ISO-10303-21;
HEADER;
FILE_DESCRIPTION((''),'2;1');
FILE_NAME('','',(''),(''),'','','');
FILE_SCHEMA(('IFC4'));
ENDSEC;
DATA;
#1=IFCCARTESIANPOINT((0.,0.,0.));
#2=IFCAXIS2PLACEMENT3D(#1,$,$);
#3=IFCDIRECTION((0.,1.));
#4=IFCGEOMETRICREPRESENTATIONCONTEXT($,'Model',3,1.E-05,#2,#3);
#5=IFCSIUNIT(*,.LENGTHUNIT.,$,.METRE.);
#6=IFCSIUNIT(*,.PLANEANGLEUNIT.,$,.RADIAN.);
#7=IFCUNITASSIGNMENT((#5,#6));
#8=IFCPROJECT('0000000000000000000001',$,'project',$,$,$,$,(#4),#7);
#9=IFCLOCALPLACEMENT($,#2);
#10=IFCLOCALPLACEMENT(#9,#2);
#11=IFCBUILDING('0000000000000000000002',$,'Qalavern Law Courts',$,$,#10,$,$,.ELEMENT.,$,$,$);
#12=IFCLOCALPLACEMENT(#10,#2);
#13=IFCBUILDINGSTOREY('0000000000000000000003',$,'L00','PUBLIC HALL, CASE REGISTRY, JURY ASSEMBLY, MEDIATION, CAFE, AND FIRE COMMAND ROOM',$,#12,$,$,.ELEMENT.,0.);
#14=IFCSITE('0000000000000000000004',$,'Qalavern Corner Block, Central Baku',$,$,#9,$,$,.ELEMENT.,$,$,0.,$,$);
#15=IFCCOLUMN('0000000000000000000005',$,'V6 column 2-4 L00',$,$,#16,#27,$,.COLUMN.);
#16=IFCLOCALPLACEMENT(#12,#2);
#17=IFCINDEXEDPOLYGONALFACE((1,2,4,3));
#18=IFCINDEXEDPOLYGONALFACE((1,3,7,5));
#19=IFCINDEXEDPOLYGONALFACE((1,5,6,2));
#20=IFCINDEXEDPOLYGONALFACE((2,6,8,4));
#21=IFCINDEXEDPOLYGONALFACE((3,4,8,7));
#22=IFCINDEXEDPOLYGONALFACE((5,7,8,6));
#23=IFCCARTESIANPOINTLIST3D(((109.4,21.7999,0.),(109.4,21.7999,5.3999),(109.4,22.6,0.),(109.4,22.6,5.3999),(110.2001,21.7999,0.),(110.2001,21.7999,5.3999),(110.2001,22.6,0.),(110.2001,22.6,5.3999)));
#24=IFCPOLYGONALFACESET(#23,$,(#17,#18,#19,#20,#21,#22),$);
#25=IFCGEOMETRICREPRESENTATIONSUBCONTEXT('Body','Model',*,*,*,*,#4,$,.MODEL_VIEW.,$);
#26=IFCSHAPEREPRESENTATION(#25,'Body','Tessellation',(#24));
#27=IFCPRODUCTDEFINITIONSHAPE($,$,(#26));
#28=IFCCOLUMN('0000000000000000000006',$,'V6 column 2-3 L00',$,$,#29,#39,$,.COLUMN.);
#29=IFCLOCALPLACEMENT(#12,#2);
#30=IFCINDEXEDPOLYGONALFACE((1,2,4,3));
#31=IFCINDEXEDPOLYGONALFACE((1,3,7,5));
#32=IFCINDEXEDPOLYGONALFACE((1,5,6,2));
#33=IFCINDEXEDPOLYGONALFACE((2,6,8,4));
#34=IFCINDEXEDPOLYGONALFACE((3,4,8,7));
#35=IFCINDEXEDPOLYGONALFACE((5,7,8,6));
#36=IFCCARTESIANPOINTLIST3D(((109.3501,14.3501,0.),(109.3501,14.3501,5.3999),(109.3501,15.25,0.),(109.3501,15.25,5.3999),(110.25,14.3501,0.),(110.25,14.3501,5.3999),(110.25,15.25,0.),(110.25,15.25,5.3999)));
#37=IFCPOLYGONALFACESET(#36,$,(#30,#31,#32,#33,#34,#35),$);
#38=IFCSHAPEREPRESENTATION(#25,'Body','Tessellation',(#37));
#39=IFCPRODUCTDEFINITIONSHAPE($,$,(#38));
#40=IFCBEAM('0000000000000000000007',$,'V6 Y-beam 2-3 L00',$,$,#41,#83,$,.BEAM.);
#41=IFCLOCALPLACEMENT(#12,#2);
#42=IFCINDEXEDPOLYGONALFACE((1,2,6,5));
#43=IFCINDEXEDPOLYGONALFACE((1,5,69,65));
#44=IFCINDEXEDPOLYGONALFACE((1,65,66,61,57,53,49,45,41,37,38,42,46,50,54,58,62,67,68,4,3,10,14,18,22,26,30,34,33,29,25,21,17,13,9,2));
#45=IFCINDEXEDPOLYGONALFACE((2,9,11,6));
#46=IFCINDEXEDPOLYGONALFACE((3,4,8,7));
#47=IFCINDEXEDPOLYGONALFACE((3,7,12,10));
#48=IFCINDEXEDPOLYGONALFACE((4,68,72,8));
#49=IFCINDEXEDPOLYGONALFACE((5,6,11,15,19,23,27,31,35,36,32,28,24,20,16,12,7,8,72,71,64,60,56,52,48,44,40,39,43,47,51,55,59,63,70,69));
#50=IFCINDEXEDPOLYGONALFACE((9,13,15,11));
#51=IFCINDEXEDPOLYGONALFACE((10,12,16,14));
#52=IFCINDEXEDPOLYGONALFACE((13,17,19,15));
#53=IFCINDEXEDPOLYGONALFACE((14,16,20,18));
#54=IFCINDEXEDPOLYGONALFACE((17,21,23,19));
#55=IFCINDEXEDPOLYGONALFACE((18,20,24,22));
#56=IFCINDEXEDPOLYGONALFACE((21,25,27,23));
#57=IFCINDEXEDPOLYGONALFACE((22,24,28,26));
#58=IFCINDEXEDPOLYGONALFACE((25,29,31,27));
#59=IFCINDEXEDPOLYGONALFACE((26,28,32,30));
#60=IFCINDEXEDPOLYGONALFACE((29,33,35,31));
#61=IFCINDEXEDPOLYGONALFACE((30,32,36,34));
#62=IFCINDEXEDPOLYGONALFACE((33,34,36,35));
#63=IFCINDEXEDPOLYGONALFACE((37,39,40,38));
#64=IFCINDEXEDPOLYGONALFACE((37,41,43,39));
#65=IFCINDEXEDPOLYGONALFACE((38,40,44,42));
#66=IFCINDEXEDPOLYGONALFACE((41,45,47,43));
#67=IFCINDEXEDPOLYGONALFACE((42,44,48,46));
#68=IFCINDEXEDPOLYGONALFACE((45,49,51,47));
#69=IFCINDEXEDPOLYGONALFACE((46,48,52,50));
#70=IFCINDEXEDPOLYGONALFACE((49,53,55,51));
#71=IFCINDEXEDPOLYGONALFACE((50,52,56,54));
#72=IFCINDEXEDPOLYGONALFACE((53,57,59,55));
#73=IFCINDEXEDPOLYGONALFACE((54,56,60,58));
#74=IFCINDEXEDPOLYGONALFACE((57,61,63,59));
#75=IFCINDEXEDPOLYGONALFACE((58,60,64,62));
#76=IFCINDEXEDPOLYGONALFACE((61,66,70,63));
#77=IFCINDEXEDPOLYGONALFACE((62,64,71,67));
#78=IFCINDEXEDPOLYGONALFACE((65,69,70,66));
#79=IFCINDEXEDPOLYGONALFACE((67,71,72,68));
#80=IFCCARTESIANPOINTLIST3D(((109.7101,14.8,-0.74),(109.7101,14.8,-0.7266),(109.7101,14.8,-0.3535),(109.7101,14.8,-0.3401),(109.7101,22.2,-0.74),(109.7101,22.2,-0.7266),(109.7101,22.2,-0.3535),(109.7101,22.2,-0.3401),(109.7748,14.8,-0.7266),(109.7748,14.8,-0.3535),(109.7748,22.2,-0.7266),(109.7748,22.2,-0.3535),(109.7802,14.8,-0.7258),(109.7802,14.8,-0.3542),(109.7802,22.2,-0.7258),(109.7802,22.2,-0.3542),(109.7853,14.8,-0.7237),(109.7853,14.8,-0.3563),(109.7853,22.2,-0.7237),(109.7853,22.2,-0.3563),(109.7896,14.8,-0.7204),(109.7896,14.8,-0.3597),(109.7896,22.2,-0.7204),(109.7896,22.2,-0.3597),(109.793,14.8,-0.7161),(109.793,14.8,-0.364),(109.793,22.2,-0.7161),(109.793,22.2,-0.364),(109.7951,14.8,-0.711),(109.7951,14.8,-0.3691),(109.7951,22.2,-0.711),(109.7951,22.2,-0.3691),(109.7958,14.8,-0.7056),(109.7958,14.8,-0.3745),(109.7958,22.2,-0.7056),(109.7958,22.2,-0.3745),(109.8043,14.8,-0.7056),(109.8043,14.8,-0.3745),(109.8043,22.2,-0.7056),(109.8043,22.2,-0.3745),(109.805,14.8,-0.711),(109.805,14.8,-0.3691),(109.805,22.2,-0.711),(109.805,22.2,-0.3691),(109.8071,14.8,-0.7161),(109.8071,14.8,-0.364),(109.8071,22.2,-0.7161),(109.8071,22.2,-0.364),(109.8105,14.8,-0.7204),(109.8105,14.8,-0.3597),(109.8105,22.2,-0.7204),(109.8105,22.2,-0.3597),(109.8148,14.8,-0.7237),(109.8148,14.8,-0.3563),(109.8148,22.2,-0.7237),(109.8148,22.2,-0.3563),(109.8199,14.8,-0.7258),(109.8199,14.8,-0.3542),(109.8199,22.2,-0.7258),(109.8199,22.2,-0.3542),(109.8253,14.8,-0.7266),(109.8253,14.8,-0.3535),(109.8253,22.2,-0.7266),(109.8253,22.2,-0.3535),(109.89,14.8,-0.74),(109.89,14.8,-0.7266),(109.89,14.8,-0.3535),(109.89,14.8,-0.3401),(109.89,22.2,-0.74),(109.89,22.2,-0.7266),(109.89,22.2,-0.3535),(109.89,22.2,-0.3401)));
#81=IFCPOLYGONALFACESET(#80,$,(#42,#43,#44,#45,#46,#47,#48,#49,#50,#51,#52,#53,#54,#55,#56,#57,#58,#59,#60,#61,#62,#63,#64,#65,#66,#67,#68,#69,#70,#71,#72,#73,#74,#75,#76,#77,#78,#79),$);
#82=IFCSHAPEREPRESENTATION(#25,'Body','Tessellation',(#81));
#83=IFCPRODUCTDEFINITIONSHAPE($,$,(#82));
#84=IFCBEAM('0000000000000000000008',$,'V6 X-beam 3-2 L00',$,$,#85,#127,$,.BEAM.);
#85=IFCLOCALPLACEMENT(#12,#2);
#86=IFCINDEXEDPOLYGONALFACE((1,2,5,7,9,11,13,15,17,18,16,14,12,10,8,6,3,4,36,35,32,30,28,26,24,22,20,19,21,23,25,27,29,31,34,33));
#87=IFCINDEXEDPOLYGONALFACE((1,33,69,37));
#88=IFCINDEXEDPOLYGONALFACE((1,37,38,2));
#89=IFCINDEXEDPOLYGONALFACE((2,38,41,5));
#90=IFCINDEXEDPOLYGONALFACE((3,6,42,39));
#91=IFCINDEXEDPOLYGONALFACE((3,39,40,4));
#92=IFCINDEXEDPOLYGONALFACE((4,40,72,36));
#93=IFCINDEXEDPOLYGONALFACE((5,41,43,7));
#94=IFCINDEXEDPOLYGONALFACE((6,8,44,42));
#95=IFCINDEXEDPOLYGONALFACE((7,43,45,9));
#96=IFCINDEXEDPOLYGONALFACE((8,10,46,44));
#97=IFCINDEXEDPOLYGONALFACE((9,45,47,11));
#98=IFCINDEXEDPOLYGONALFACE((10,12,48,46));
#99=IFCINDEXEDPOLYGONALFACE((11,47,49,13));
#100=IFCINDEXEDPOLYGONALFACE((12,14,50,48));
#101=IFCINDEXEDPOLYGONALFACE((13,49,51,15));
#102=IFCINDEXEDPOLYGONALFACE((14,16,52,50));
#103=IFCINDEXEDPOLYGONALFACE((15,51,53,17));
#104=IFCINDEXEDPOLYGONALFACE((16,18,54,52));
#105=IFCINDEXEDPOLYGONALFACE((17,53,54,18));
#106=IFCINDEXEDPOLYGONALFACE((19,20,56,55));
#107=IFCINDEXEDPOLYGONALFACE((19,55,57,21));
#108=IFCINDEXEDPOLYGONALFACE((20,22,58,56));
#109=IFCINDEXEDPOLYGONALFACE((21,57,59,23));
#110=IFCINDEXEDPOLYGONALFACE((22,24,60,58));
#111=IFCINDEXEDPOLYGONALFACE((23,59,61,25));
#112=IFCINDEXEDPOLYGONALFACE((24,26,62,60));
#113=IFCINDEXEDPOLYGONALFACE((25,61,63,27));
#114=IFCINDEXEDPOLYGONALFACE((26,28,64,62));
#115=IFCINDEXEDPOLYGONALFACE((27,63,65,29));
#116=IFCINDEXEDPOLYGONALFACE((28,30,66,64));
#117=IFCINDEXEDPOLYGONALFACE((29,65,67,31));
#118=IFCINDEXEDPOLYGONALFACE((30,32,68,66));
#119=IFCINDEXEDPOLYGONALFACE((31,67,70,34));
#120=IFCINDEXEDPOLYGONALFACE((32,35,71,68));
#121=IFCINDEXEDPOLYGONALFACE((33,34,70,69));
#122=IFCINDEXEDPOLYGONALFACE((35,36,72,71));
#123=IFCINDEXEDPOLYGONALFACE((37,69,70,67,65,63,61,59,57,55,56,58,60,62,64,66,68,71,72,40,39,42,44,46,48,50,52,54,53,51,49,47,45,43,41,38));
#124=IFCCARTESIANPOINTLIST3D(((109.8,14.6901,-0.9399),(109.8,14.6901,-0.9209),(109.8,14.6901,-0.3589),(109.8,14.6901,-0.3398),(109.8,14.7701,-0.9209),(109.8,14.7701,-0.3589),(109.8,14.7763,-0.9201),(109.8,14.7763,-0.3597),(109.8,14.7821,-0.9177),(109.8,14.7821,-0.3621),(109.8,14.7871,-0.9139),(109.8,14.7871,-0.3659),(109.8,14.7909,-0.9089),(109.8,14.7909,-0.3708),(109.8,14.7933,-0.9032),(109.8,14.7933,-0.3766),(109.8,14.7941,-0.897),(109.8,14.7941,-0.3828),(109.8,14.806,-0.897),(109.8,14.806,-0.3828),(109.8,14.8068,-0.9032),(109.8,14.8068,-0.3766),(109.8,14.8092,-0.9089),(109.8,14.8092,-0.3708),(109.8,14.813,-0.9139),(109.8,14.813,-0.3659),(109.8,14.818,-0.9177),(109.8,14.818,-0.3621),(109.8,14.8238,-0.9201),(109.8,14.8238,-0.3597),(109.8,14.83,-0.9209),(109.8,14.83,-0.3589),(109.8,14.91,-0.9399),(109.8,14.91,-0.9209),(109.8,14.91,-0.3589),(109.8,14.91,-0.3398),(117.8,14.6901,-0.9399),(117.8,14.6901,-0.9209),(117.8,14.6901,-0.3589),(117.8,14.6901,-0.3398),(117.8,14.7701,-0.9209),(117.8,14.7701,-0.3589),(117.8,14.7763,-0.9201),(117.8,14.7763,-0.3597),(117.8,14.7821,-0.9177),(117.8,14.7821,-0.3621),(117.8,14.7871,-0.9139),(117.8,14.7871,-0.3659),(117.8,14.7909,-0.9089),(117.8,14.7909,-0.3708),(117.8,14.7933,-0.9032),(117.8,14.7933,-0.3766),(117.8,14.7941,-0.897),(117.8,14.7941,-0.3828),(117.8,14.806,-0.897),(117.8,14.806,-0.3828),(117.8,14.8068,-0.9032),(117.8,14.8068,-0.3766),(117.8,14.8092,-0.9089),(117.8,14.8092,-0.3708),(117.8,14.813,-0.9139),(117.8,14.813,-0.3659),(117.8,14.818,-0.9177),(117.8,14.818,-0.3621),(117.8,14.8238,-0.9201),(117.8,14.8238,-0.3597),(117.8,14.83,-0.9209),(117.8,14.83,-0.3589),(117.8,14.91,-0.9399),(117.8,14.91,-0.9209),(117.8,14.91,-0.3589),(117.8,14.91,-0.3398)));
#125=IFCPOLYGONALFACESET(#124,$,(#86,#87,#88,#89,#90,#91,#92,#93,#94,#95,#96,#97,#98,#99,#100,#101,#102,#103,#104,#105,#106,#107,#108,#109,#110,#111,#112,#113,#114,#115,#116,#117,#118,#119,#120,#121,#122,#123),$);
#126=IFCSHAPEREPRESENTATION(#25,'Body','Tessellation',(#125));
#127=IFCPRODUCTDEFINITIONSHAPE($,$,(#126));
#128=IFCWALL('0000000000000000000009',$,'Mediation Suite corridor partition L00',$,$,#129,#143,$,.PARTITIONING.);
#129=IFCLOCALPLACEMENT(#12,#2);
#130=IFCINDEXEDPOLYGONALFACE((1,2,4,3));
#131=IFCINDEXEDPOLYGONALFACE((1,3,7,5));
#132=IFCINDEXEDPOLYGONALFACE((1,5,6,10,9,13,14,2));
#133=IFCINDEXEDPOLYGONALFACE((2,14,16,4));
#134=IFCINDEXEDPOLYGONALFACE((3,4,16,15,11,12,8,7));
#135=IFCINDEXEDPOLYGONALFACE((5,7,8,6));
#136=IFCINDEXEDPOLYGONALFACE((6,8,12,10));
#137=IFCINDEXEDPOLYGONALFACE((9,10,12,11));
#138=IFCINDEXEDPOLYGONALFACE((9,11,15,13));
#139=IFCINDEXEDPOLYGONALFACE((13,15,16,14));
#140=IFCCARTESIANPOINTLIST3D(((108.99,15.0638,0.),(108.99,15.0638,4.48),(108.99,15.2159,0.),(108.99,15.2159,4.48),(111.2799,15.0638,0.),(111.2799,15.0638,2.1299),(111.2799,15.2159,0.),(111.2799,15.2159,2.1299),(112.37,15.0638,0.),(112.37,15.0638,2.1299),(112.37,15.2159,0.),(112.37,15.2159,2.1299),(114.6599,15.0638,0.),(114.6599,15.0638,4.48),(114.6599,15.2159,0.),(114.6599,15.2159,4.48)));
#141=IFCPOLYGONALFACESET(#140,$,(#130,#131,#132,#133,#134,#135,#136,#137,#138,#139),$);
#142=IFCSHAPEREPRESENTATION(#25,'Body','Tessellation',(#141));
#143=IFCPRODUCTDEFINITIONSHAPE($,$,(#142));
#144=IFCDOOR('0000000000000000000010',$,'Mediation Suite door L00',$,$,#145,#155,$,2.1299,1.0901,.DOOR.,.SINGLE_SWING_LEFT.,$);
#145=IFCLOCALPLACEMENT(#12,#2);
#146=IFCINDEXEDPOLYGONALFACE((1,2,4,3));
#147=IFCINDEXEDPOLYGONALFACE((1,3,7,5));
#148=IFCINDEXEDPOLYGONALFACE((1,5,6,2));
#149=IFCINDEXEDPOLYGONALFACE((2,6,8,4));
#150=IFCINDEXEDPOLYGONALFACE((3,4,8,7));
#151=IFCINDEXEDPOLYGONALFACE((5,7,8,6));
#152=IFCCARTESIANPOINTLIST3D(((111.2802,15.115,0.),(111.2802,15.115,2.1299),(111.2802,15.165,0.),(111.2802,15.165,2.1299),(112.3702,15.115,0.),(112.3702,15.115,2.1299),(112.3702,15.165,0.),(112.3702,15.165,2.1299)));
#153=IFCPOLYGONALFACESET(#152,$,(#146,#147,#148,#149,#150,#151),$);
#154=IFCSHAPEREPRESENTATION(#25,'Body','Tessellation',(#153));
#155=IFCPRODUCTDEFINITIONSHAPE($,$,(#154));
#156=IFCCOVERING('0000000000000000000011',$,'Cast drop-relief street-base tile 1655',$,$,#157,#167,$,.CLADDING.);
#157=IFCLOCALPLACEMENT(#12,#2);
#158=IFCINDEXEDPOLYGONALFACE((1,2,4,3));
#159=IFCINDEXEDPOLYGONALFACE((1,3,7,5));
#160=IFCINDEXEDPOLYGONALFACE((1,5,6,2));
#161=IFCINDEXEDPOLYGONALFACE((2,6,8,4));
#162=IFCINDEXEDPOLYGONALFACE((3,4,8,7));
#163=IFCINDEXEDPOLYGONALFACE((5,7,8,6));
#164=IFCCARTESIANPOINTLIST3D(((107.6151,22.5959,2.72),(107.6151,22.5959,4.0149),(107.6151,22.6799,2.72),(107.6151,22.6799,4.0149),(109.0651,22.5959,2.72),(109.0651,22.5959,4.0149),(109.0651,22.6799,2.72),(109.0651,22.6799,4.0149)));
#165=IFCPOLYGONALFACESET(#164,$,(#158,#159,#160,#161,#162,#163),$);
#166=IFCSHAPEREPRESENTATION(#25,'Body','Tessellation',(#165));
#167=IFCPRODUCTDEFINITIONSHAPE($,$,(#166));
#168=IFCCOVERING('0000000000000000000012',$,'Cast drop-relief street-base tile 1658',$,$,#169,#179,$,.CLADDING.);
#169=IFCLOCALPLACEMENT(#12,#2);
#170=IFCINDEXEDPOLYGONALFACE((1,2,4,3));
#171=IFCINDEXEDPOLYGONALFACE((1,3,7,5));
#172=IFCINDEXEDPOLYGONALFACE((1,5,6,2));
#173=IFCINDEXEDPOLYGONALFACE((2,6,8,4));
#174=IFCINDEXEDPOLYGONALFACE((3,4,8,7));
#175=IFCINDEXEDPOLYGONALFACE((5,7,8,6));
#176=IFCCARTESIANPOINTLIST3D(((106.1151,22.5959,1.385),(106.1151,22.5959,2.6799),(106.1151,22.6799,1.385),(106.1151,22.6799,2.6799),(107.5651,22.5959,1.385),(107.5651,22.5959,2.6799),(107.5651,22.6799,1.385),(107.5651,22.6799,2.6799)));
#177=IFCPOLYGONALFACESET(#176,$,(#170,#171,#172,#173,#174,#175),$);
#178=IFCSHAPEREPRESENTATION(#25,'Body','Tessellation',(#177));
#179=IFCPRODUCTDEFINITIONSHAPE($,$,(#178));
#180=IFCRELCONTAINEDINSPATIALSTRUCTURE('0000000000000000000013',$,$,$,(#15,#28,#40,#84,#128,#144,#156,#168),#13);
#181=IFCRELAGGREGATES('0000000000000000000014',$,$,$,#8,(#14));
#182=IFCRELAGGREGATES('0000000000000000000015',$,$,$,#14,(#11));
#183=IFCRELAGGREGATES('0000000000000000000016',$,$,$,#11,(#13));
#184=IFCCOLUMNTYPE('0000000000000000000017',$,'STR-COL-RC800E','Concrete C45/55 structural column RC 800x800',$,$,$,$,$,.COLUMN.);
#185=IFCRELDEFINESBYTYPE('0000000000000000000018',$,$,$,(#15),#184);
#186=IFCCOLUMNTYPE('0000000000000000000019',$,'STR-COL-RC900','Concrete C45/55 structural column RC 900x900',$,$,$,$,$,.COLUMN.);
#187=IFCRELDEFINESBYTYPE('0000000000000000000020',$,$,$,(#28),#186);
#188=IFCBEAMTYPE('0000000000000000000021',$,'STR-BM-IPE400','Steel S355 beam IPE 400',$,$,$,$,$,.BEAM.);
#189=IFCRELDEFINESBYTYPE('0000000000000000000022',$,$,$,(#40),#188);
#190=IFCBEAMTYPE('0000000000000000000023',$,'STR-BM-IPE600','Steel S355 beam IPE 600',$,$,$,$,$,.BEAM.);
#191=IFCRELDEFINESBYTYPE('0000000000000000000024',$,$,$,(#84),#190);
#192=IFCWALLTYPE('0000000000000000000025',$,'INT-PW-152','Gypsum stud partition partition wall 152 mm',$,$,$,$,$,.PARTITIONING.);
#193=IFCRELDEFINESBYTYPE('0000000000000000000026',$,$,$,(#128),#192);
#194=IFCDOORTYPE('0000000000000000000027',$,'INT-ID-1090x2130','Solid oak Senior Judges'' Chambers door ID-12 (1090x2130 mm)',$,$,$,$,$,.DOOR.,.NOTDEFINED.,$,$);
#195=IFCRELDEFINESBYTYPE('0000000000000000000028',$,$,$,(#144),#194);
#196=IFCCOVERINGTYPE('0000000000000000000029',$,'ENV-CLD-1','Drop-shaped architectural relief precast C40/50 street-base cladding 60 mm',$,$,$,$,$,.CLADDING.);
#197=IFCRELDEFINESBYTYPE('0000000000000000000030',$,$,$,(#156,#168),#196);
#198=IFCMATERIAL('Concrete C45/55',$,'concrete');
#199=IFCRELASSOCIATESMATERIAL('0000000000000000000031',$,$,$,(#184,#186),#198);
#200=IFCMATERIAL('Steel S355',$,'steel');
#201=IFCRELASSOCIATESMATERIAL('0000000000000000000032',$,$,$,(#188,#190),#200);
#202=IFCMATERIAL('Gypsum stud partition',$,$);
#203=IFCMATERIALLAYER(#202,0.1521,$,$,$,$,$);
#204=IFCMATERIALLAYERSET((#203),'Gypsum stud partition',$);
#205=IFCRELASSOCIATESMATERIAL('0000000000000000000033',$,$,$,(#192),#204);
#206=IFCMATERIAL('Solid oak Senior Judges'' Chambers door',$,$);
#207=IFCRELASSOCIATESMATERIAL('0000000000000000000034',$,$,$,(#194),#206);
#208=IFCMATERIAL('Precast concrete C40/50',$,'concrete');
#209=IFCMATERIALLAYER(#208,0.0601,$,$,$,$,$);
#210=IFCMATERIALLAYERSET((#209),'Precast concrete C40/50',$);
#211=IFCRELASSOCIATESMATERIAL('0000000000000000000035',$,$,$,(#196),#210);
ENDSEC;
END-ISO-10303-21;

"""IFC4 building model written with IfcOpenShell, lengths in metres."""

from ifc_helpers import new_model, si_unit, direction, frame, frame_2d, origin, origin_2d, place, context, subcontext, project, spatial, rectangle, i_section, extrude, material, layer, layer_set, material_profile, profile_set, type_object, element, fill, save


model = new_model("IFC4")

# Units and contexts
model_context = context("Model", 3, precision=1e-05, world=origin(), true_north=direction((0.0, 1.0)))
body_context = subcontext(model_context, "Body", "Model", "MODEL_VIEW")
ifc_project = project(units=[si_unit("LENGTHUNIT", "METRE"), si_unit("PLANEANGLEUNIT", "RADIAN")], contexts=[model_context])

# Site, building, storey
site_placement = place(None, origin())
site = spatial("IfcSite", under=ifc_project, at=site_placement, Name="Qalavern Corner Block, Central Baku", CompositionType="ELEMENT", RefElevation=0.0)
building_placement = place(site_placement, origin())
building = spatial("IfcBuilding", under=site, at=building_placement, Name="Qalavern Law Courts", CompositionType="ELEMENT")
storey_placement = place(building_placement, origin())
storey = spatial("IfcBuildingStorey", under=building, at=storey_placement, Name="L00", Description="PUBLIC HALL, CASE REGISTRY, JURY ASSEMBLY, MEDIATION, CAFE, AND FIRE COMMAND ROOM", CompositionType="ELEMENT", Elevation=0.0)

# Columns
ifc_material_1 = material(Name="Concrete C45/55", Category="concrete")
ifc_material_profile_1 = material_profile(ifc_material_1, rectangle(XDim=0.8, YDim=0.8, at=origin_2d()), Name="RC 800x800")
ifc_profile_set_1 = profile_set([ifc_material_profile_1], Name="Concrete C45/55")
column_type_1 = type_object("IfcColumnType", Name="STR-COL-RC800E", Description="Concrete C45/55 structural column RC 800x800", PredefinedType="COLUMN", material=ifc_profile_set_1)
column_1_placement = place(storey_placement, frame((109.8, 22.2, 0.0), z_axis=(0.0, 0.0, 1.0), x_axis=(1.0, 0.0, 0.0)))
element("IfcColumn", 1, at=column_1_placement, inside=storey, type_object=column_type_1, Name="V6 column 2-4 L00", PredefinedType="COLUMN", context=body_context, shape_type="SweptSolid", body=[
    extrude(rectangle(XDim=0.8, YDim=0.8, at=origin_2d()), origin(), (0.0, 0.0, 1.0), 5.3999),
])
ifc_material_profile_2 = material_profile(ifc_material_1, rectangle(XDim=0.8999, YDim=0.8999, at=origin_2d()), Name="RC 900x900")
ifc_profile_set_2 = profile_set([ifc_material_profile_2], Name="Concrete C45/55")
column_type_2 = type_object("IfcColumnType", Name="STR-COL-RC900", Description="Concrete C45/55 structural column RC 900x900", PredefinedType="COLUMN", material=ifc_profile_set_2)
column_2_placement = place(storey_placement, frame((109.8, 14.8, 0.0), z_axis=(0.0, 0.0, 1.0), x_axis=(1.0, 0.0, 0.0)))
element("IfcColumn", 2, at=column_2_placement, inside=storey, type_object=column_type_2, Name="V6 column 2-3 L00", PredefinedType="COLUMN", context=body_context, shape_type="SweptSolid", body=[
    extrude(rectangle(XDim=0.8999, YDim=0.8999, at=origin_2d()), origin(), (0.0, 0.0, 1.0), 5.3999),
])

# Beams
ifc_material_2 = material(Name="Steel S355", Category="steel")
ifc_material_profile_3 = material_profile(ifc_material_2, i_section(OverallWidth=0.1799, OverallDepth=0.3999, WebThickness=0.0085, FlangeThickness=0.0134, FilletRadius=0.021, at=origin_2d()), Name="IPE 400")
ifc_profile_set_3 = profile_set([ifc_material_profile_3], Name="Steel S355")
beam_type_1 = type_object("IfcBeamType", Name="STR-BM-IPE400", Description="Steel S355 beam IPE 400", PredefinedType="BEAM", material=ifc_profile_set_3)
beam_1_placement = place(storey_placement, frame((109.8, 14.8, -0.54), z_axis=(0.0, 1.0, 0.0), x_axis=(-1.0, 0.0, 0.0)))
element("IfcBeam", 3, at=beam_1_placement, inside=storey, type_object=beam_type_1, Name="V6 Y-beam 2-3 L00", PredefinedType="BEAM", context=body_context, shape_type="SweptSolid", body=[
    extrude(i_section(OverallWidth=0.1799, OverallDepth=0.3999, WebThickness=0.0085, FlangeThickness=0.0134, FilletRadius=0.021, at=origin_2d()), origin(), (0.0, 0.0, 1.0), 7.3999),
])
ifc_material_profile_4 = material_profile(ifc_material_2, i_section(OverallWidth=0.22, OverallDepth=0.6001, WebThickness=0.012, FlangeThickness=0.019, FilletRadius=0.0239, at=origin_2d()), Name="IPE 600")
ifc_profile_set_4 = profile_set([ifc_material_profile_4], Name="Steel S355")
beam_type_2 = type_object("IfcBeamType", Name="STR-BM-IPE600", Description="Steel S355 beam IPE 600", PredefinedType="BEAM", material=ifc_profile_set_4)
beam_2_placement = place(storey_placement, frame((109.8, 14.8, -0.6399), z_axis=(1.0, 0.0, 0.0), x_axis=(0.0, 1.0, 0.0)))
element("IfcBeam", 4, at=beam_2_placement, inside=storey, type_object=beam_type_2, Name="V6 X-beam 3-2 L00", PredefinedType="BEAM", context=body_context, shape_type="SweptSolid", body=[
    extrude(i_section(OverallWidth=0.22, OverallDepth=0.6001, WebThickness=0.012, FlangeThickness=0.019, FilletRadius=0.0239, at=origin_2d()), origin(), (0.0, 0.0, 1.0), 8.0),
])

# Wall, opening, door
ifc_material_3 = material(Name="Gypsum stud partition")
ifc_layer_1 = layer(ifc_material_3, 0.1521)
ifc_layer_set_1 = layer_set([ifc_layer_1], Name="Gypsum stud partition")
wall_type = type_object("IfcWallType", Name="INT-PW-152", Description="Gypsum stud partition partition wall 152 mm", PredefinedType="PARTITIONING", material=ifc_layer_set_1)
wall_placement = place(storey_placement, frame((108.99, 15.1399, 0.0), z_axis=(0.0, 0.0, 1.0), x_axis=(1.0, 0.0, 0.0)))
wall = element("IfcWall", 5, at=wall_placement, inside=storey, type_object=wall_type, Name="Mediation Suite corridor partition L00", PredefinedType="PARTITIONING", context=body_context, shape_type="SweptSolid", body=[
    extrude(rectangle(XDim=5.6699, YDim=0.1521, at=frame_2d((2.835, 0.0))), origin(), (0.0, 0.0, 1.0), 4.48),
])
opening_placement = place(wall_placement, frame((2.29, 0.0, 0.0)))
opening = element("IfcOpeningElement", 6, at=opening_placement, cuts=wall, PredefinedType="OPENING", context=body_context, shape_type="SweptSolid", body=[
    extrude(rectangle(XDim=1.0901, YDim=2.1299, at=frame_2d((0.5449, 1.0649))), frame((0.0, 0.0908, 0.0), z_axis=(0.0, -1.0, 0.0), x_axis=(1.0, 0.0, 0.0)), (0.0, 0.0, 1.0), 0.1819),
])
ifc_material_4 = material(Name="Solid oak Senior Judges' Chambers door")
door_type = type_object("IfcDoorType", Name="INT-ID-1090x2130", Description="Solid oak Senior Judges' Chambers door ID-12 (1090x2130 mm)", OperationType="NOTDEFINED", PredefinedType="DOOR", material=ifc_material_4)
door_placement = place(opening_placement, frame((1.0901, 0.0, 0.0), z_axis=(0.0, 0.0, 1.0), x_axis=(-1.0, 0.0, 0.0)))
door = element("IfcDoor", 7, at=door_placement, inside=storey, type_object=door_type, Name="Mediation Suite door L00", OperationType="SINGLE_SWING_LEFT", OverallHeight=2.1299, OverallWidth=1.0901, PredefinedType="DOOR", context=body_context, shape_type="SweptSolid", body=[
    extrude(rectangle(XDim=1.0901, YDim=2.1299, at=frame_2d((0.5449, 1.0649))), frame((0.0, 0.0249, 0.0), z_axis=(0.0, -1.0, 0.0), x_axis=(1.0, 0.0, 0.0)), (0.0, 0.0, 1.0), 0.05),
])
fill(opening, door)

# Coverings
ifc_material_5 = material(Name="Precast concrete C40/50", Category="concrete")
ifc_layer_2 = layer(ifc_material_5, 0.0601)
ifc_layer_set_2 = layer_set([ifc_layer_2], Name="Precast concrete C40/50")
covering_type_1 = type_object("IfcCoveringType", Name="ENV-CLD-1", Description="Drop-shaped architectural relief precast C40/50 street-base cladding 60 mm", PredefinedType="CLADDING", material=ifc_layer_set_2)
for number, where, z_axis, x_axis, name in (
    (8, (108.3401, 22.6379, 2.72), (0.0, 0.0, 1.0), (-1.0, 0.0, 0.0), "Cast drop-relief street-base tile 1655"),
    (9, (106.8401, 22.6379, 1.385), (0.0, 0.0, 1.0), (-1.0, 0.0, 0.0), "Cast drop-relief street-base tile 1658"),
):
    element("IfcCovering", number, at=place(storey_placement, frame(where, z_axis=z_axis, x_axis=x_axis)), inside=storey, type_object=covering_type_1, Name=name, PredefinedType="CLADDING", context=body_context, shape_type="SweptSolid", body=[
        extrude(rectangle(XDim=1.45, YDim=0.084, at=origin_2d()), origin(), (0.0, 0.0, 1.0), 1.2949),
    ])

save(model, "model.ifc")
